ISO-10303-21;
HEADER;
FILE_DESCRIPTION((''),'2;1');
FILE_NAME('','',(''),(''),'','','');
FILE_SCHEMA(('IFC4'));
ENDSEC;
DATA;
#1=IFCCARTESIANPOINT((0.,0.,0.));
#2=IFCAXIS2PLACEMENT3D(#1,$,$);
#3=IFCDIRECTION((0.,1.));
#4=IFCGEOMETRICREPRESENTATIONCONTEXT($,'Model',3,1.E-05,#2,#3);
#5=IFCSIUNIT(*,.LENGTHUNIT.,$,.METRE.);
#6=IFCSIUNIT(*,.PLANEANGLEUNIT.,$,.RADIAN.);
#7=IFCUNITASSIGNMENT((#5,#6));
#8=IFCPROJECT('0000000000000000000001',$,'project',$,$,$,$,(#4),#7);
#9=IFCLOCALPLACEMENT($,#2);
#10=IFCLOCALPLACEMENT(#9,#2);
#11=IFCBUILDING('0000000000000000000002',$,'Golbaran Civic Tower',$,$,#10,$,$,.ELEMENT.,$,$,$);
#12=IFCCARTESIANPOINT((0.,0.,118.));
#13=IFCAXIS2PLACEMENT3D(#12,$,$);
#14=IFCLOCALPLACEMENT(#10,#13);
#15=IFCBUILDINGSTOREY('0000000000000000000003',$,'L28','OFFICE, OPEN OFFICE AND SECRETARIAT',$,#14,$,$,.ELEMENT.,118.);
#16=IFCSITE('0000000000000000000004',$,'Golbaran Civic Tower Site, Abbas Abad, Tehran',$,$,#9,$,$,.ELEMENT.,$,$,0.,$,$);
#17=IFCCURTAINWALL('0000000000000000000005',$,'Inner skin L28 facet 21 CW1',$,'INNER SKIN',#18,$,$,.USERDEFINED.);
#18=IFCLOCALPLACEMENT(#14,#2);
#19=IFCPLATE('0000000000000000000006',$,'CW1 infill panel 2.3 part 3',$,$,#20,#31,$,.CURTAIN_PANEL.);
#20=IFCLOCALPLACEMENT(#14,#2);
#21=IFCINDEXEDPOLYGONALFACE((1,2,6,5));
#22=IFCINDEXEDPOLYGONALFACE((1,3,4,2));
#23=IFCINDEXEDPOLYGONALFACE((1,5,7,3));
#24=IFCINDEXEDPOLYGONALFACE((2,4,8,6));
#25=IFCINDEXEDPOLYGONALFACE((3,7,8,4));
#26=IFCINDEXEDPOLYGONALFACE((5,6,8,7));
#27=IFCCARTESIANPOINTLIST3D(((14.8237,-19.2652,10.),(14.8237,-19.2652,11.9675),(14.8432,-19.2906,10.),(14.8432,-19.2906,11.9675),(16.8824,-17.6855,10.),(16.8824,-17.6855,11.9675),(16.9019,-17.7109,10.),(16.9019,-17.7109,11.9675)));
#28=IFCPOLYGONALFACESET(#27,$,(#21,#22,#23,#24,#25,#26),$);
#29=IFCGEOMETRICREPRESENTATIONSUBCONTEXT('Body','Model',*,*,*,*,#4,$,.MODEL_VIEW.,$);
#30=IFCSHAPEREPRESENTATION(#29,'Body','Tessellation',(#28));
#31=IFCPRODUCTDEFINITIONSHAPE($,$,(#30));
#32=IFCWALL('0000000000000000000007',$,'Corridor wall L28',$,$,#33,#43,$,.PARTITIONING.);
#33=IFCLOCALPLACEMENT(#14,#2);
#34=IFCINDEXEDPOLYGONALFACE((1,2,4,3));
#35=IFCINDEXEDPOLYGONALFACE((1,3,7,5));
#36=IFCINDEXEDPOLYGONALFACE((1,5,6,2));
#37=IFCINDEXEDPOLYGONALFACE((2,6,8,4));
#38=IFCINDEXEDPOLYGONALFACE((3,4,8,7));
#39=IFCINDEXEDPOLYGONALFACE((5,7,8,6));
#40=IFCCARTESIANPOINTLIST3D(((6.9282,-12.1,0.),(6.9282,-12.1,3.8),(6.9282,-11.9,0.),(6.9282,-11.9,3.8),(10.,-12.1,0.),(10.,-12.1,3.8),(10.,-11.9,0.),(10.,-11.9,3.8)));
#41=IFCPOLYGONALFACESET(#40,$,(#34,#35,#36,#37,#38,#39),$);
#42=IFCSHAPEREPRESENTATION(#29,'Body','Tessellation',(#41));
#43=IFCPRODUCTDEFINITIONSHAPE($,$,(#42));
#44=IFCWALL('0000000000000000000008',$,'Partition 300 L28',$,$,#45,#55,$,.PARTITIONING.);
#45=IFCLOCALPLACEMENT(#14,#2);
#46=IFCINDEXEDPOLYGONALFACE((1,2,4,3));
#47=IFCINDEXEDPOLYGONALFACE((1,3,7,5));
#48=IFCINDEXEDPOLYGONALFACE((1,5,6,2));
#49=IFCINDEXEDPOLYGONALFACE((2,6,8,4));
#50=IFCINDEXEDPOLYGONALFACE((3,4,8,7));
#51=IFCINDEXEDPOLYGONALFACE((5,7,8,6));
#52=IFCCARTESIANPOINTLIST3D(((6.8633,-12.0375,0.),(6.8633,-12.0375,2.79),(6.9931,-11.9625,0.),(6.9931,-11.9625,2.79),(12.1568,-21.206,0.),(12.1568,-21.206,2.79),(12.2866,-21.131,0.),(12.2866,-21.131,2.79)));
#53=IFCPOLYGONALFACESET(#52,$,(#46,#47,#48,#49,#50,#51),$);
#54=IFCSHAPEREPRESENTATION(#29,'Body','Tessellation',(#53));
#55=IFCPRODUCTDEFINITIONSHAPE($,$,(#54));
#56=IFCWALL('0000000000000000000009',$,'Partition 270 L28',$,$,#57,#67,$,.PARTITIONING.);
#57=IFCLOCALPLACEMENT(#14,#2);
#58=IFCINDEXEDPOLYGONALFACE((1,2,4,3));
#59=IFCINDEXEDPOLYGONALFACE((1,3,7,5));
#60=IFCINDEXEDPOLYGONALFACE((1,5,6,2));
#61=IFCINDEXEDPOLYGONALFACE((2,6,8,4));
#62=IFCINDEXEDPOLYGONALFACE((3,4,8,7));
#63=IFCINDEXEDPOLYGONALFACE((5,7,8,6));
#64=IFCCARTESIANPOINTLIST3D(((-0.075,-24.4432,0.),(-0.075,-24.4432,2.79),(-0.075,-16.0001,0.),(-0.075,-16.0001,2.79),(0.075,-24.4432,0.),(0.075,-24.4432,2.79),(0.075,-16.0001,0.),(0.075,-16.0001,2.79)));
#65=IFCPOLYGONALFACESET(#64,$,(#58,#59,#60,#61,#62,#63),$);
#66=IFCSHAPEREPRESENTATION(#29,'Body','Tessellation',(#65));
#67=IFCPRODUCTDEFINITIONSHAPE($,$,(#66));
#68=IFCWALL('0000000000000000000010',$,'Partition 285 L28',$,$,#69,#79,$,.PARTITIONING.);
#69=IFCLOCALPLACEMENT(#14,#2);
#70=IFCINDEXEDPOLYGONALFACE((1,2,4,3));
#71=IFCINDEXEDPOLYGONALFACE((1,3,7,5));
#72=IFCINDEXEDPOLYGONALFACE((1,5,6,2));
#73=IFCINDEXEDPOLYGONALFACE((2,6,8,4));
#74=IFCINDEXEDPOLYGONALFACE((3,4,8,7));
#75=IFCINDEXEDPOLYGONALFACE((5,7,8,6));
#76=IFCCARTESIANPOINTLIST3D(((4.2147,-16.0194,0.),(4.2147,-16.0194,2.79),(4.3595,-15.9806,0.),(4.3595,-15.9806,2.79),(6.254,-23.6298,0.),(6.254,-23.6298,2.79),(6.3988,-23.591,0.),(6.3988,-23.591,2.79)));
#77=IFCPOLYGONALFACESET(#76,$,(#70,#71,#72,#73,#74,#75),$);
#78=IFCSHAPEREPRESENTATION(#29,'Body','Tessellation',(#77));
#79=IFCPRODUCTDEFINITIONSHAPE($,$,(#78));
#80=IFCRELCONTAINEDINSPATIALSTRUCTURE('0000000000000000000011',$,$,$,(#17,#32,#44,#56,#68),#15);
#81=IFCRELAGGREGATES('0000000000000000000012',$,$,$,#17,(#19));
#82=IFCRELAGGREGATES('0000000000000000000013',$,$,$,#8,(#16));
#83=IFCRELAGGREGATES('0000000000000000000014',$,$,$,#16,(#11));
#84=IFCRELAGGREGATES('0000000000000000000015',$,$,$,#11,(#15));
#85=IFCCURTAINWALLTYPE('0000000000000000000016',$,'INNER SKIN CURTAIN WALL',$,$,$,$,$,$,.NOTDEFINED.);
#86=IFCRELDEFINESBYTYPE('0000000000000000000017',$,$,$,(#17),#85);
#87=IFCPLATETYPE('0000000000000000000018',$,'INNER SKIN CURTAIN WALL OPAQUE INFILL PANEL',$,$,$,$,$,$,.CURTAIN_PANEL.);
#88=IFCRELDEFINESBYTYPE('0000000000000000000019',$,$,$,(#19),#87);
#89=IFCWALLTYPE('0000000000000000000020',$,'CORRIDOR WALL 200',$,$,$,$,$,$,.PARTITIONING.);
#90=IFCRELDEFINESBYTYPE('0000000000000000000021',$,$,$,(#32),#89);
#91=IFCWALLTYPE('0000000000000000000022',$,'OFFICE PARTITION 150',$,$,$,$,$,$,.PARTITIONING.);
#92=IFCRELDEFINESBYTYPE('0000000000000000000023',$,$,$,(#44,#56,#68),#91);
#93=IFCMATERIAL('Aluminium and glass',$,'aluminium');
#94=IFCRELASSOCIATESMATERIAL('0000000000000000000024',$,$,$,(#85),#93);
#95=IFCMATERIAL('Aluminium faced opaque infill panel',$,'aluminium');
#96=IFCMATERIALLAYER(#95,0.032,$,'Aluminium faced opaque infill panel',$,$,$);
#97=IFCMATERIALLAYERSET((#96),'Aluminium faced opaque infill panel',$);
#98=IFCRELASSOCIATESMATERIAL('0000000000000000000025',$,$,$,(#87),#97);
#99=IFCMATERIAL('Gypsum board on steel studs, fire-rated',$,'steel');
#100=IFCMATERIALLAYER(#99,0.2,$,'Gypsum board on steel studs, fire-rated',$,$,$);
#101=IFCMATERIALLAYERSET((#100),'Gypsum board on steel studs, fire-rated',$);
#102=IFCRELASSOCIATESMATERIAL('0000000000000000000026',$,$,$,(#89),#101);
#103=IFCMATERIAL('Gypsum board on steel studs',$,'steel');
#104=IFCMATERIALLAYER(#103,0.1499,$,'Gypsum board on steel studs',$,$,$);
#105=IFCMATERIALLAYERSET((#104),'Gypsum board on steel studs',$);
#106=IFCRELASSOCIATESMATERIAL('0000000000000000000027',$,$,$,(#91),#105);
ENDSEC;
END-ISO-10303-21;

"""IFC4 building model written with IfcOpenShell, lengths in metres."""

from ifc_helpers import new_model, si_unit, direction, frame, frame_2d, origin, origin_2d, place, context, subcontext, project, spatial, rectangle, extrude, material, layer, layer_set, type_object, element, aggregate, save


model = new_model("IFC4")

# Units and contexts
model_context = context("Model", 3, precision=1e-05, world=origin(), true_north=direction((0.0, 1.0)))
body_context = subcontext(model_context, "Body", "Model", "MODEL_VIEW")
ifc_project = project(units=[si_unit("LENGTHUNIT", "METRE"), si_unit("PLANEANGLEUNIT", "RADIAN")], contexts=[model_context])

# Site, building, storey
site_placement = place(None, origin())
site = spatial("IfcSite", under=ifc_project, at=site_placement, Name="Golbaran Civic Tower Site, Abbas Abad, Tehran", CompositionType="ELEMENT", RefElevation=0.0)
building_placement = place(site_placement, origin())
building = spatial("IfcBuilding", under=site, at=building_placement, Name="Golbaran Civic Tower", CompositionType="ELEMENT")
storey_placement = place(building_placement, frame((0.0, 0.0, 118.0)))
storey = spatial("IfcBuildingStorey", under=building, at=storey_placement, Name="L28", Description="OFFICE, OPEN OFFICE AND SECRETARIAT", CompositionType="ELEMENT", Elevation=118.0)

# Curtain wall
ifc_material_1 = material(Name="Aluminium and glass", Category="aluminium")
curtain_wall_type = type_object("IfcCurtainWallType", Name="INNER SKIN CURTAIN WALL", PredefinedType="NOTDEFINED", material=ifc_material_1)
curtain_wall_placement = place(storey_placement, origin())
curtain_wall = element("IfcCurtainWall", 1, at=curtain_wall_placement, inside=storey, type_object=curtain_wall_type, Name="Inner skin L28 facet 21 CW1", ObjectType="INNER SKIN", PredefinedType="USERDEFINED")

# Plate
ifc_material_2 = material(Name="Aluminium faced opaque infill panel", Category="aluminium")
ifc_layer_1 = layer(ifc_material_2, 0.032, Name="Aluminium faced opaque infill panel")
ifc_layer_set_1 = layer_set([ifc_layer_1], Name="Aluminium faced opaque infill panel")
plate_type_1 = type_object("IfcPlateType", Name="INNER SKIN CURTAIN WALL OPAQUE INFILL PANEL", PredefinedType="CURTAIN_PANEL", material=ifc_layer_set_1)
plate_1_placement = place(storey_placement, frame((15.8628, -18.488, 10.0), z_axis=(0.0, 0.0, 1.0), x_axis=(0.793353, 0.608761, 0.0)))
plate_1 = element("IfcPlate", 2, at=plate_1_placement, type_object=plate_type_1, Name="CW1 infill panel 2.3 part 3", PredefinedType="CURTAIN_PANEL", context=body_context, shape_type="SweptSolid", body=[
    extrude(rectangle(XDim=2.595, YDim=0.032, at=origin_2d()), origin(), (0.0, 0.0, 1.0), 1.9675),
])
aggregate(curtain_wall, [plate_1])

# Walls
ifc_material_3 = material(Name="Gypsum board on steel studs, fire-rated", Category="steel")
ifc_layer_2 = layer(ifc_material_3, 0.2, Name="Gypsum board on steel studs, fire-rated")
ifc_layer_set_2 = layer_set([ifc_layer_2], Name="Gypsum board on steel studs, fire-rated")
wall_type_1 = type_object("IfcWallType", Name="CORRIDOR WALL 200", PredefinedType="PARTITIONING", material=ifc_layer_set_2)
wall_1_placement = place(storey_placement, frame((6.9282, -12.0, 0.0), z_axis=(0.0, 0.0, 1.0), x_axis=(1.0, 0.0, 0.0)))
element("IfcWall", 3, at=wall_1_placement, inside=storey, type_object=wall_type_1, Name="Corridor wall L28", PredefinedType="PARTITIONING", context=body_context, shape_type="SweptSolid", body=[
    extrude(rectangle(XDim=3.0718, YDim=0.2, at=frame_2d((1.5359, 0.0))), origin(), (0.0, 0.0, 1.0), 3.8),
])
ifc_material_4 = material(Name="Gypsum board on steel studs", Category="steel")
ifc_layer_3 = layer(ifc_material_4, 0.1499, Name="Gypsum board on steel studs")
ifc_layer_set_3 = layer_set([ifc_layer_3], Name="Gypsum board on steel studs")
wall_type_2 = type_object("IfcWallType", Name="OFFICE PARTITION 150", PredefinedType="PARTITIONING", material=ifc_layer_set_3)
wall_2_placement = place(storey_placement, frame((6.9282, -12.0, 0.0), z_axis=(0.0, 0.0, 1.0), x_axis=(0.500003, -0.866024, 0.0)))
element("IfcWall", 4, at=wall_2_placement, inside=storey, type_object=wall_type_2, Name="Partition 300 L28", PredefinedType="PARTITIONING", context=body_context, shape_type="SweptSolid", body=[
    extrude(rectangle(XDim=10.5869, YDim=0.1499, at=frame_2d((5.2935, 0.0))), origin(), (0.0, 0.0, 1.0), 2.79),
])
wall_3_placement = place(storey_placement, frame((0.0, -16.0, 0.0), z_axis=(0.0, 0.0, 1.0), x_axis=(0.0, -1.0, 0.0)))
element("IfcWall", 5, at=wall_3_placement, inside=storey, type_object=wall_type_2, Name="Partition 270 L28", PredefinedType="PARTITIONING", context=body_context, shape_type="SweptSolid", body=[
    extrude(rectangle(XDim=8.4431, YDim=0.1499, at=frame_2d((4.2217, 0.0))), origin(), (0.0, 0.0, 1.0), 2.79),
])
wall_4_placement = place(storey_placement, frame((4.2871, -16.0, 0.0), z_axis=(0.0, 0.0, 1.0), x_axis=(0.258833, -0.965922, 0.0)))
element("IfcWall", 6, at=wall_4_placement, inside=storey, type_object=wall_type_2, Name="Partition 285 L28", PredefinedType="PARTITIONING", context=body_context, shape_type="SweptSolid", body=[
    extrude(rectangle(XDim=7.8789, YDim=0.1499, at=frame_2d((3.9395, 0.0))), origin(), (0.0, 0.0, 1.0), 2.79),
])

save(model, "model.ifc")
